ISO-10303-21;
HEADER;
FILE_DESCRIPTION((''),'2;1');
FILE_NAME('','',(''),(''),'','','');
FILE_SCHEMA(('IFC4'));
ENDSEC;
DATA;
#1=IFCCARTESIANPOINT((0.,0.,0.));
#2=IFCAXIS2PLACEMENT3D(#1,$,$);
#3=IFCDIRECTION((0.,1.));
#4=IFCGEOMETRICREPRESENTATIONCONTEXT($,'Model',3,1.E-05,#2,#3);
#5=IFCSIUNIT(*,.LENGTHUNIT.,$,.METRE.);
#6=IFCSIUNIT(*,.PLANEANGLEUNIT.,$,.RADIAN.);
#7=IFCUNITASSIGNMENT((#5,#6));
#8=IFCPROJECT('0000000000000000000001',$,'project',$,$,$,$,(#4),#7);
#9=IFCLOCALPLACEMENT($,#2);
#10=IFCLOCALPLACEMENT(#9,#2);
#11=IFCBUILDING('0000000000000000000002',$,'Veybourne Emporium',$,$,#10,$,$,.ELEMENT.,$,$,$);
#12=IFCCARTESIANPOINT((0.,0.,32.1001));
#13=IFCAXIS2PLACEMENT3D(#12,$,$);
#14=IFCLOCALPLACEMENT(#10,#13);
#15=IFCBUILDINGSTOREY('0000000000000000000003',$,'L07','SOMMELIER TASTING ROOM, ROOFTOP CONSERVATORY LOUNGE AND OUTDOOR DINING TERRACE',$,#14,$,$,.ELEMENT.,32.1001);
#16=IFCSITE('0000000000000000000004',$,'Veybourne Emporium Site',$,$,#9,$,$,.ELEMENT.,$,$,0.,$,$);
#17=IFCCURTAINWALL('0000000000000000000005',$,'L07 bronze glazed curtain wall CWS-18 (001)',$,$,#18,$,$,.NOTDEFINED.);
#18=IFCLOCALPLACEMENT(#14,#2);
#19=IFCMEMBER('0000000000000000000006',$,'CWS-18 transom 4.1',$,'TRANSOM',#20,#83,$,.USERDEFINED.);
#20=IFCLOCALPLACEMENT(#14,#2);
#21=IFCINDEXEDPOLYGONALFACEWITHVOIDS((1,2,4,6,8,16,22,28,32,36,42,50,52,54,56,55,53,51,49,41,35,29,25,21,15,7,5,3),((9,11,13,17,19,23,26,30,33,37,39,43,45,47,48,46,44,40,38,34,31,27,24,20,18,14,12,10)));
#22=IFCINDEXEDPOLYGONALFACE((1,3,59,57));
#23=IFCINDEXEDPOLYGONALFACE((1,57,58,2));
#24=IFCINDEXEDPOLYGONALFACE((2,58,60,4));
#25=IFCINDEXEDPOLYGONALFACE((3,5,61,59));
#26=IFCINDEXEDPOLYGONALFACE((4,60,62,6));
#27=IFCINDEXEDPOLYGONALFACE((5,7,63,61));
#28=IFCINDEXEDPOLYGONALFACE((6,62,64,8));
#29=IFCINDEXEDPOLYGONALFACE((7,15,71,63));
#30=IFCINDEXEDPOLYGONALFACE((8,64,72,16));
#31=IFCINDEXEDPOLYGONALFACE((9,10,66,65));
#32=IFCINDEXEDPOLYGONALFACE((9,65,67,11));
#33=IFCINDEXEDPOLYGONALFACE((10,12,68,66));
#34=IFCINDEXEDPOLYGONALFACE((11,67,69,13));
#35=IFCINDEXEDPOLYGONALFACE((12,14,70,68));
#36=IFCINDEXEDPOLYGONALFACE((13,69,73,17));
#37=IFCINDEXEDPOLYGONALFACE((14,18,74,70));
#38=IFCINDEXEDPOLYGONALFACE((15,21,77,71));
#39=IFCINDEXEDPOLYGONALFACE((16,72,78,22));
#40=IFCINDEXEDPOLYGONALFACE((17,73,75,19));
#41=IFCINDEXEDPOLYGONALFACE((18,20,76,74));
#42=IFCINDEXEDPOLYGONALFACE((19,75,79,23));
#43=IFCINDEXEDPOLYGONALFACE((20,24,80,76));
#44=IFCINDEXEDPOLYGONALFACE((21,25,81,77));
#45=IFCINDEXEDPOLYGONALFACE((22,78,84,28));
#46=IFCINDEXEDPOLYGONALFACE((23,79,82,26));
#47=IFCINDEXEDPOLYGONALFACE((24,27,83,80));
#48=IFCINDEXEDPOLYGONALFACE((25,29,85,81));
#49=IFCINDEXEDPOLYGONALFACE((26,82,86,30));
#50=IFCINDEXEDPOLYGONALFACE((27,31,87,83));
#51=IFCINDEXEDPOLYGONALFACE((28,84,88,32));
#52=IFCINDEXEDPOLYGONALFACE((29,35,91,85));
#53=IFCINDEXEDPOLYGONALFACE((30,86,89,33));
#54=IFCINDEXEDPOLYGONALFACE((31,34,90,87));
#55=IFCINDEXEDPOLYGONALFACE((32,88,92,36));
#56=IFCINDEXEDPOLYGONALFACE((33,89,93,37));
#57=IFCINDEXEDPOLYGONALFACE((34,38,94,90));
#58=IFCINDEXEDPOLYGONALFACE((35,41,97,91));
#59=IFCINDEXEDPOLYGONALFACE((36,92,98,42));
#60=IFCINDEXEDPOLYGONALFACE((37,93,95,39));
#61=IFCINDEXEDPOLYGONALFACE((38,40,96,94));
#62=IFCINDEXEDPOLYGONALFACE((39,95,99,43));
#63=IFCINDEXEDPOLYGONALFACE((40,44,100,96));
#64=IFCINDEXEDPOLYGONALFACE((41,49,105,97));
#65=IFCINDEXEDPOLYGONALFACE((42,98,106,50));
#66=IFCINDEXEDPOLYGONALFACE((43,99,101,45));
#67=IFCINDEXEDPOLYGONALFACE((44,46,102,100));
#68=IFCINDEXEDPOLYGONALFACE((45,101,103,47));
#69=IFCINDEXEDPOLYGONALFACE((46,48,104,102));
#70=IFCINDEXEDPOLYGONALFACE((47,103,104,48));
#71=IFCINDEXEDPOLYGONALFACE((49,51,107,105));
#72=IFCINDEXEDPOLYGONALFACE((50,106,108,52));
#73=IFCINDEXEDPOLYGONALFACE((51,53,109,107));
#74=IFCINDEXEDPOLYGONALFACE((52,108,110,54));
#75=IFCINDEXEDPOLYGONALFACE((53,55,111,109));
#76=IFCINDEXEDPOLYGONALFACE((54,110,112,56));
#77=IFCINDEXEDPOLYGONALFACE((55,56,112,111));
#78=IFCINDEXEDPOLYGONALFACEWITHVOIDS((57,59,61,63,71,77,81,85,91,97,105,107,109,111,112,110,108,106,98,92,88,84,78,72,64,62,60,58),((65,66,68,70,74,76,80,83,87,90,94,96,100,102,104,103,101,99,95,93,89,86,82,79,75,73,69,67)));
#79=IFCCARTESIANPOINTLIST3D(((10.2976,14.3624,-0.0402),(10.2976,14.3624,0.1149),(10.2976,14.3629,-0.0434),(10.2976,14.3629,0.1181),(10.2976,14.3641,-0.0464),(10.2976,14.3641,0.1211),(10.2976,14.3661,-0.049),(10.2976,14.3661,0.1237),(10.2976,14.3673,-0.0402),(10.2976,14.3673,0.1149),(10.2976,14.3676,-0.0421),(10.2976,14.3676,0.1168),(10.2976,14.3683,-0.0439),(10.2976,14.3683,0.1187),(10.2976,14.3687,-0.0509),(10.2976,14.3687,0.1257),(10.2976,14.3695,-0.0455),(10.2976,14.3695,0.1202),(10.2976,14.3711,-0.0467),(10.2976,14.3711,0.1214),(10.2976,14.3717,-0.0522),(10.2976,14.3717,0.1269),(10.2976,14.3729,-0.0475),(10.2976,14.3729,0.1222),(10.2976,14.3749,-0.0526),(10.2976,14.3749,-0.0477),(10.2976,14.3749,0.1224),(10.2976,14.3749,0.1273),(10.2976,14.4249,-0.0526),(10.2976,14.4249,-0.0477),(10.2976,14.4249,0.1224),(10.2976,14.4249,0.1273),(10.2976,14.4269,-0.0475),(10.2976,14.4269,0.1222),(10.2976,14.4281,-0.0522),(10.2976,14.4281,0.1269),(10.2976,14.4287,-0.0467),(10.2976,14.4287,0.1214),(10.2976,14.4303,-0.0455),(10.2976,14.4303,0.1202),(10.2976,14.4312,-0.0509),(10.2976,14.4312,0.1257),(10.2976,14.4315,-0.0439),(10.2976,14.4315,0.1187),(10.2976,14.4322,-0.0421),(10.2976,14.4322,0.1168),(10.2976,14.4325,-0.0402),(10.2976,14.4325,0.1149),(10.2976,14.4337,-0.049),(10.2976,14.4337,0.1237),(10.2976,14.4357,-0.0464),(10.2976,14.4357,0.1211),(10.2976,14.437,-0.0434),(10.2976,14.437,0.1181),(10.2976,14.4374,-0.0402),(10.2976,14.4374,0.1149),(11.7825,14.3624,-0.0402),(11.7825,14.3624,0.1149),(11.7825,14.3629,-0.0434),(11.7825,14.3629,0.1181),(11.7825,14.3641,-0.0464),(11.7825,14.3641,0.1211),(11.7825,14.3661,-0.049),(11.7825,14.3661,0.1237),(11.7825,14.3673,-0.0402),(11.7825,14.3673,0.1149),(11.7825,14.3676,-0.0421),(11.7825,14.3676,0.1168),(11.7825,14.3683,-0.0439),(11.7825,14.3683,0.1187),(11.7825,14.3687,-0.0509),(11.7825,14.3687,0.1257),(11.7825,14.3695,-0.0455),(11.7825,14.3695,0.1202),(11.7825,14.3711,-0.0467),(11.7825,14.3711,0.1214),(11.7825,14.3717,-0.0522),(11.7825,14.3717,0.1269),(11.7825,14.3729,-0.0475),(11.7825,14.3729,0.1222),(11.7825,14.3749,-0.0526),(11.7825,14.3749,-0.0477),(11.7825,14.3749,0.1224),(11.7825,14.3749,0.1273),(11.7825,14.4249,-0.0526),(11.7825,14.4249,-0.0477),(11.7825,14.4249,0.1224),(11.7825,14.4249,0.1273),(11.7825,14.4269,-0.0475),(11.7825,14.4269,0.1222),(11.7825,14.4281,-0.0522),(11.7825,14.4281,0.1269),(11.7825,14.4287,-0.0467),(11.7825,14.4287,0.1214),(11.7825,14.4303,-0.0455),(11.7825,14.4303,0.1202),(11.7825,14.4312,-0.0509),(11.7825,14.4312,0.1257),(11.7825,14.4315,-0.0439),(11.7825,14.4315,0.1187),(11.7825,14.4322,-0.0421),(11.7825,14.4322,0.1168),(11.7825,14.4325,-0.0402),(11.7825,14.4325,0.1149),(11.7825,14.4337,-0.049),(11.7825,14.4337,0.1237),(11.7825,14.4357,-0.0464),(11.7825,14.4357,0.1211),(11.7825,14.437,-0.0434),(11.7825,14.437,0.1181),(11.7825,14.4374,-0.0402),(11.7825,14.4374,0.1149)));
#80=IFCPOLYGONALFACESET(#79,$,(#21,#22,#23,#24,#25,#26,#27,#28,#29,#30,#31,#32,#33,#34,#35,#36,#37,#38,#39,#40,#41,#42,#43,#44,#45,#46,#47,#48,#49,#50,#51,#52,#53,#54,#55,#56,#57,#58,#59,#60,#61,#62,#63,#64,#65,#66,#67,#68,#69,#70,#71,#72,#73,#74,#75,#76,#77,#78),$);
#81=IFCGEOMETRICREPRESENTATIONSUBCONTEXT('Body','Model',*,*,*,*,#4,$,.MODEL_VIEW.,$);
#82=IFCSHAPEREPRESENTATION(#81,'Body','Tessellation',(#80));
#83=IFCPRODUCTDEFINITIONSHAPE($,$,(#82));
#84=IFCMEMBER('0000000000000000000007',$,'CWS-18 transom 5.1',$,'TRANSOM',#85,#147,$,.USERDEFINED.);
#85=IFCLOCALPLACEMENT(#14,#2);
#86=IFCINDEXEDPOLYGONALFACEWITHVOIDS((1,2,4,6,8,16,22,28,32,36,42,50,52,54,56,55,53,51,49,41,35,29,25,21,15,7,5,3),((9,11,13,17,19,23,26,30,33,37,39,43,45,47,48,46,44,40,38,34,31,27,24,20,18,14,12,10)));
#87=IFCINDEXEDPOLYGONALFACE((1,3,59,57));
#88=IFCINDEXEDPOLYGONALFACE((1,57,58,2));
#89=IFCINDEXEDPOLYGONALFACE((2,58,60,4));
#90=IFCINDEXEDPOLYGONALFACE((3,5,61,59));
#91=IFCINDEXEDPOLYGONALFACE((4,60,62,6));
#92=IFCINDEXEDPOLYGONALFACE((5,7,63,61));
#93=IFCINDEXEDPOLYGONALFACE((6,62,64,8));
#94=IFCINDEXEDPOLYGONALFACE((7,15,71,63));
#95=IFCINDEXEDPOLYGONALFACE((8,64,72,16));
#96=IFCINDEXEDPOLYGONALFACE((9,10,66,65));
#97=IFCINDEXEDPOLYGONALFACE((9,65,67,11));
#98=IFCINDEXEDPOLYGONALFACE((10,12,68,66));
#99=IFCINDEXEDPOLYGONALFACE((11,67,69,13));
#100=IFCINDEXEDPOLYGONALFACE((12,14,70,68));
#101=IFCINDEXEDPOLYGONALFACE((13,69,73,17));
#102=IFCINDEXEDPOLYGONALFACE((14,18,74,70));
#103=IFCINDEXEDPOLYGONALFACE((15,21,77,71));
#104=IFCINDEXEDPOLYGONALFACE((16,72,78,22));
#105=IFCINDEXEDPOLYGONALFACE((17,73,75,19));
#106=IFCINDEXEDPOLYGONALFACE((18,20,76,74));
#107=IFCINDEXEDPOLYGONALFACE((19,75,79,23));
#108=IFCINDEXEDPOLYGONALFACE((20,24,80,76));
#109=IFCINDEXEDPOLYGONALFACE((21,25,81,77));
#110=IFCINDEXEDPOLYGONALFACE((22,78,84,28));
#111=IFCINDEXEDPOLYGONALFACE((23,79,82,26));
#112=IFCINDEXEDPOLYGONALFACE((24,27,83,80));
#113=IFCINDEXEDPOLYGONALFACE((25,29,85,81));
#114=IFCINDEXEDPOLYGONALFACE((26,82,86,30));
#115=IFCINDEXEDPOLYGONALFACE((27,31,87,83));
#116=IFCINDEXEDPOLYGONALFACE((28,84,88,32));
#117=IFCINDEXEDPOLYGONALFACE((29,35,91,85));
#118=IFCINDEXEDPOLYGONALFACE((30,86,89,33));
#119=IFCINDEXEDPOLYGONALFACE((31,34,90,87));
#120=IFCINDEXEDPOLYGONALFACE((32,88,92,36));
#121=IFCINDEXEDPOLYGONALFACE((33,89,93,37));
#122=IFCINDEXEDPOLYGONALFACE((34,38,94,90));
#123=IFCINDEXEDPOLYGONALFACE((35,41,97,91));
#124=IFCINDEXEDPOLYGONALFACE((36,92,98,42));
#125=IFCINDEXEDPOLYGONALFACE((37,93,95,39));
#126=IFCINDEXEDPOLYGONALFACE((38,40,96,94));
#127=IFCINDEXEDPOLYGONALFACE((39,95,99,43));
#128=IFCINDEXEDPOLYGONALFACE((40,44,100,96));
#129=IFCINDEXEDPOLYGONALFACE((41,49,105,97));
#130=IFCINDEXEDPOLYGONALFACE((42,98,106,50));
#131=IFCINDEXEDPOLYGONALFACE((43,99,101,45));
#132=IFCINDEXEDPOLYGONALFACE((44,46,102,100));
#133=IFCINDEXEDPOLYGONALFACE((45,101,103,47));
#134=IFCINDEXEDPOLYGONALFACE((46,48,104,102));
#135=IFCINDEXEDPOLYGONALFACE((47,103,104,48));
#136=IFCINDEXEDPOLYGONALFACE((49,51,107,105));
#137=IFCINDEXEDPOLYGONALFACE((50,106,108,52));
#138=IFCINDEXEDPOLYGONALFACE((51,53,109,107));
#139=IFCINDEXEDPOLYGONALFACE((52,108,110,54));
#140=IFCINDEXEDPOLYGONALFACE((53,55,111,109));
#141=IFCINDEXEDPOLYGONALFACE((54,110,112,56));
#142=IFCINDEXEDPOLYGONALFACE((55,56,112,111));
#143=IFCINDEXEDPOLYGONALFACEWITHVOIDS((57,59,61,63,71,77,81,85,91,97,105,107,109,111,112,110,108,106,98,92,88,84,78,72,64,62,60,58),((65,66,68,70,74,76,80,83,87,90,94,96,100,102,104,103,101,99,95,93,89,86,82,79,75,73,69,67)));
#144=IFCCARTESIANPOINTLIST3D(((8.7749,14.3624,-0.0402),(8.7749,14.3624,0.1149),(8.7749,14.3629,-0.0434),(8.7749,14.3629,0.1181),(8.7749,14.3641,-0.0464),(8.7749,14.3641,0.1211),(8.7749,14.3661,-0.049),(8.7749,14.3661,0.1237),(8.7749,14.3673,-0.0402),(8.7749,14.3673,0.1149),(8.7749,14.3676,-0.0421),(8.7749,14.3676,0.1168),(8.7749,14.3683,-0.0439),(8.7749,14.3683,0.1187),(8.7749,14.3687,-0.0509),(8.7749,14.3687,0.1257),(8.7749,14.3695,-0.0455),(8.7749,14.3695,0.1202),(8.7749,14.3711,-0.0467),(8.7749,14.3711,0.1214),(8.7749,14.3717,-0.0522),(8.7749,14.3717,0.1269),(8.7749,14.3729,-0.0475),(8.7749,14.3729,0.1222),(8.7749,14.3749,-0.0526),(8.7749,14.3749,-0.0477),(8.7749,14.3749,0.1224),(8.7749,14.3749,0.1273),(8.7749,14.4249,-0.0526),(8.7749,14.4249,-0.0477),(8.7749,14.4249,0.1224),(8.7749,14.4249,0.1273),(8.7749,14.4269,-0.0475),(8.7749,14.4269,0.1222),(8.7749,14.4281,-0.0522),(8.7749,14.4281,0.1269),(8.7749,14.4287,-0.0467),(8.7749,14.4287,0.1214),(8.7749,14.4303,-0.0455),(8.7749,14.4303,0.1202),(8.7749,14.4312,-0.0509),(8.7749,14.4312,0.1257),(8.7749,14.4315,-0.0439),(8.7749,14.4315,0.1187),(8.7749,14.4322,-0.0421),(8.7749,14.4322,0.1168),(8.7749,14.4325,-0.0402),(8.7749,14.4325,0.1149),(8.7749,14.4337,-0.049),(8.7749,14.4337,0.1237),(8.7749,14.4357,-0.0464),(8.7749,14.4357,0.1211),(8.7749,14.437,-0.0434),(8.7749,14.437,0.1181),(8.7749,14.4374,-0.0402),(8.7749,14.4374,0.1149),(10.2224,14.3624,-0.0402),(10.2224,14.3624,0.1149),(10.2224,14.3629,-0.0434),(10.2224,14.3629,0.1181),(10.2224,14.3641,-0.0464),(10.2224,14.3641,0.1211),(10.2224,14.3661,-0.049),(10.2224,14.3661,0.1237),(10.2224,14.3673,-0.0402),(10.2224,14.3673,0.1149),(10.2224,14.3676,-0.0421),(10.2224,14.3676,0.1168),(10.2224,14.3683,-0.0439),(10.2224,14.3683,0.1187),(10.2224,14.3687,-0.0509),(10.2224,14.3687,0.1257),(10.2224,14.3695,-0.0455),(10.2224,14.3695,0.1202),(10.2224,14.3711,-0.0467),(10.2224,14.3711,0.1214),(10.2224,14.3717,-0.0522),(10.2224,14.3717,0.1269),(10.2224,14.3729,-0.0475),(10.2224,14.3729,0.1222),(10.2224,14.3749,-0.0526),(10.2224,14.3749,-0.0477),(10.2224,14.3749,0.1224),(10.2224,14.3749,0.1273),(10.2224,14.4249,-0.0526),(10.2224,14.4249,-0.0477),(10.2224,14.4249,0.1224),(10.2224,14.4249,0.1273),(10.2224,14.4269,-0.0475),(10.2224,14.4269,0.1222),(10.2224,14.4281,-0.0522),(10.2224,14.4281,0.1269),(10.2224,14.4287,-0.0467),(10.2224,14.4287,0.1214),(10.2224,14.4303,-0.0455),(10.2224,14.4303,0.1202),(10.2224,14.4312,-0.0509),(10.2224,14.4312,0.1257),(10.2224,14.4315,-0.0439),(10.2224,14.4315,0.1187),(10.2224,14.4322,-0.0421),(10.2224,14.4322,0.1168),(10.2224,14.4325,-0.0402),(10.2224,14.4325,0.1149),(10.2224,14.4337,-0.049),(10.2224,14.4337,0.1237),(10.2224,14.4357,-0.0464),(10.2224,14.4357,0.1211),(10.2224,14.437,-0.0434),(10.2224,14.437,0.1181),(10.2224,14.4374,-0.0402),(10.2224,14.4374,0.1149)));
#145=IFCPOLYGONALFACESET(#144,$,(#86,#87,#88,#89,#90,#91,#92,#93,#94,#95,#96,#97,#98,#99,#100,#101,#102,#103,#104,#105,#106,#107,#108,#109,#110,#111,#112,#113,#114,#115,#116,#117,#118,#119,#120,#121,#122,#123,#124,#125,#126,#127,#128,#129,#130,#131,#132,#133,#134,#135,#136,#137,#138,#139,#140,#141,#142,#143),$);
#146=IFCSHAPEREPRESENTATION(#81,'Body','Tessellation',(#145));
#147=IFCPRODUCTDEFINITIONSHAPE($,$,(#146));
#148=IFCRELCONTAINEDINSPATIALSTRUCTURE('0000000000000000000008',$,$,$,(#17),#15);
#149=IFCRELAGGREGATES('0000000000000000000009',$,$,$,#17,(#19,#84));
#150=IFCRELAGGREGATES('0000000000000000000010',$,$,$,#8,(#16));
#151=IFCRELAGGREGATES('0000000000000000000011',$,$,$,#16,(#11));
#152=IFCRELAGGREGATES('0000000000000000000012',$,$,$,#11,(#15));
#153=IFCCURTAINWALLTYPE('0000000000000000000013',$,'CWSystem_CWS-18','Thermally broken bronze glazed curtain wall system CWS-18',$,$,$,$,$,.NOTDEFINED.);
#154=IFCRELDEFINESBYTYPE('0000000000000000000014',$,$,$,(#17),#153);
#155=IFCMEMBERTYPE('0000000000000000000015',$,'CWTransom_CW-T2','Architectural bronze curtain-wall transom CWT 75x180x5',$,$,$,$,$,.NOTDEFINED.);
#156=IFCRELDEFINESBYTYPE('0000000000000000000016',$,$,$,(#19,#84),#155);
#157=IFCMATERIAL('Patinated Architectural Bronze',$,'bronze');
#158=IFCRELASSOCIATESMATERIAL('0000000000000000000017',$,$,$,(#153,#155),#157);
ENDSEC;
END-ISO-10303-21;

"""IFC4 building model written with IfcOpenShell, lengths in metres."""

from ifc_helpers import new_model, si_unit, direction, frame, origin, origin_2d, place, context, subcontext, project, spatial, hollow_rectangle, extrude, material, material_profile, profile_set, type_object, element, aggregate, save


model = new_model("IFC4")

# Units and contexts
model_context = context("Model", 3, precision=1e-05, world=origin(), true_north=direction((0.0, 1.0)))
body_context = subcontext(model_context, "Body", "Model", "MODEL_VIEW")
ifc_project = project(units=[si_unit("LENGTHUNIT", "METRE"), si_unit("PLANEANGLEUNIT", "RADIAN")], contexts=[model_context])

# Site, building, storey
site_placement = place(None, origin())
site = spatial("IfcSite", under=ifc_project, at=site_placement, Name="Veybourne Emporium Site", CompositionType="ELEMENT", RefElevation=0.0)
building_placement = place(site_placement, origin())
building = spatial("IfcBuilding", under=site, at=building_placement, Name="Veybourne Emporium", CompositionType="ELEMENT")
storey_placement = place(building_placement, frame((0.0, 0.0, 32.1001)))
storey = spatial("IfcBuildingStorey", under=building, at=storey_placement, Name="L07", Description="SOMMELIER TASTING ROOM, ROOFTOP CONSERVATORY LOUNGE AND OUTDOOR DINING TERRACE", CompositionType="ELEMENT", Elevation=32.1001)

# Curtain wall, members
ifc_material_1 = material(Name="Patinated Architectural Bronze", Category="bronze")
curtain_wall_type = type_object("IfcCurtainWallType", Name="CWSystem_CWS-18", Description="Thermally broken bronze glazed curtain wall system CWS-18", PredefinedType="NOTDEFINED", material=ifc_material_1)
curtain_wall_placement = place(storey_placement, origin())
curtain_wall = element("IfcCurtainWall", 1, at=curtain_wall_placement, inside=storey, type_object=curtain_wall_type, Name="L07 bronze glazed curtain wall CWS-18 (001)", PredefinedType="NOTDEFINED")
ifc_material_profile_1 = material_profile(ifc_material_1, hollow_rectangle(XDim=0.075, YDim=0.1799, WallThickness=0.0049, InnerFilletRadius=0.0076, OuterFilletRadius=0.0125, at=origin_2d()), Name="CWT 75x180x5")
ifc_profile_set_1 = profile_set([ifc_material_profile_1], Name="Patinated Architectural Bronze")
member_type_1 = type_object("IfcMemberType", Name="CWTransom_CW-T2", Description="Architectural bronze curtain-wall transom CWT 75x180x5", PredefinedType="NOTDEFINED", material=ifc_profile_set_1)
member_1_placement = place(storey_placement, frame((11.7825, 14.3999, 0.0374), z_axis=(-1.0, 0.0, 0.0), x_axis=(0.0, -1.0, 0.0)))
member_1 = element("IfcMember", 2, at=member_1_placement, type_object=member_type_1, Name="CWS-18 transom 4.1", ObjectType="TRANSOM", PredefinedType="USERDEFINED", context=body_context, shape_type="SweptSolid", body=[
    extrude(hollow_rectangle(XDim=0.075, YDim=0.1799, WallThickness=0.0049, InnerFilletRadius=0.0076, OuterFilletRadius=0.0125, at=origin_2d()), origin(), (0.0, 0.0, 1.0), 1.4849),
])
member_2_placement = place(storey_placement, frame((10.2224, 14.3999, 0.0374), z_axis=(-1.0, 0.0, 0.0), x_axis=(0.0, -1.0, 0.0)))
member_2 = element("IfcMember", 3, at=member_2_placement, type_object=member_type_1, Name="CWS-18 transom 5.1", ObjectType="TRANSOM", PredefinedType="USERDEFINED", context=body_context, shape_type="SweptSolid", body=[
    extrude(hollow_rectangle(XDim=0.075, YDim=0.1799, WallThickness=0.0049, InnerFilletRadius=0.0076, OuterFilletRadius=0.0125, at=origin_2d()), origin(), (0.0, 0.0, 1.0), 1.4475),
])

aggregate(curtain_wall, [member_1, member_2])

save(model, "model.ifc")
